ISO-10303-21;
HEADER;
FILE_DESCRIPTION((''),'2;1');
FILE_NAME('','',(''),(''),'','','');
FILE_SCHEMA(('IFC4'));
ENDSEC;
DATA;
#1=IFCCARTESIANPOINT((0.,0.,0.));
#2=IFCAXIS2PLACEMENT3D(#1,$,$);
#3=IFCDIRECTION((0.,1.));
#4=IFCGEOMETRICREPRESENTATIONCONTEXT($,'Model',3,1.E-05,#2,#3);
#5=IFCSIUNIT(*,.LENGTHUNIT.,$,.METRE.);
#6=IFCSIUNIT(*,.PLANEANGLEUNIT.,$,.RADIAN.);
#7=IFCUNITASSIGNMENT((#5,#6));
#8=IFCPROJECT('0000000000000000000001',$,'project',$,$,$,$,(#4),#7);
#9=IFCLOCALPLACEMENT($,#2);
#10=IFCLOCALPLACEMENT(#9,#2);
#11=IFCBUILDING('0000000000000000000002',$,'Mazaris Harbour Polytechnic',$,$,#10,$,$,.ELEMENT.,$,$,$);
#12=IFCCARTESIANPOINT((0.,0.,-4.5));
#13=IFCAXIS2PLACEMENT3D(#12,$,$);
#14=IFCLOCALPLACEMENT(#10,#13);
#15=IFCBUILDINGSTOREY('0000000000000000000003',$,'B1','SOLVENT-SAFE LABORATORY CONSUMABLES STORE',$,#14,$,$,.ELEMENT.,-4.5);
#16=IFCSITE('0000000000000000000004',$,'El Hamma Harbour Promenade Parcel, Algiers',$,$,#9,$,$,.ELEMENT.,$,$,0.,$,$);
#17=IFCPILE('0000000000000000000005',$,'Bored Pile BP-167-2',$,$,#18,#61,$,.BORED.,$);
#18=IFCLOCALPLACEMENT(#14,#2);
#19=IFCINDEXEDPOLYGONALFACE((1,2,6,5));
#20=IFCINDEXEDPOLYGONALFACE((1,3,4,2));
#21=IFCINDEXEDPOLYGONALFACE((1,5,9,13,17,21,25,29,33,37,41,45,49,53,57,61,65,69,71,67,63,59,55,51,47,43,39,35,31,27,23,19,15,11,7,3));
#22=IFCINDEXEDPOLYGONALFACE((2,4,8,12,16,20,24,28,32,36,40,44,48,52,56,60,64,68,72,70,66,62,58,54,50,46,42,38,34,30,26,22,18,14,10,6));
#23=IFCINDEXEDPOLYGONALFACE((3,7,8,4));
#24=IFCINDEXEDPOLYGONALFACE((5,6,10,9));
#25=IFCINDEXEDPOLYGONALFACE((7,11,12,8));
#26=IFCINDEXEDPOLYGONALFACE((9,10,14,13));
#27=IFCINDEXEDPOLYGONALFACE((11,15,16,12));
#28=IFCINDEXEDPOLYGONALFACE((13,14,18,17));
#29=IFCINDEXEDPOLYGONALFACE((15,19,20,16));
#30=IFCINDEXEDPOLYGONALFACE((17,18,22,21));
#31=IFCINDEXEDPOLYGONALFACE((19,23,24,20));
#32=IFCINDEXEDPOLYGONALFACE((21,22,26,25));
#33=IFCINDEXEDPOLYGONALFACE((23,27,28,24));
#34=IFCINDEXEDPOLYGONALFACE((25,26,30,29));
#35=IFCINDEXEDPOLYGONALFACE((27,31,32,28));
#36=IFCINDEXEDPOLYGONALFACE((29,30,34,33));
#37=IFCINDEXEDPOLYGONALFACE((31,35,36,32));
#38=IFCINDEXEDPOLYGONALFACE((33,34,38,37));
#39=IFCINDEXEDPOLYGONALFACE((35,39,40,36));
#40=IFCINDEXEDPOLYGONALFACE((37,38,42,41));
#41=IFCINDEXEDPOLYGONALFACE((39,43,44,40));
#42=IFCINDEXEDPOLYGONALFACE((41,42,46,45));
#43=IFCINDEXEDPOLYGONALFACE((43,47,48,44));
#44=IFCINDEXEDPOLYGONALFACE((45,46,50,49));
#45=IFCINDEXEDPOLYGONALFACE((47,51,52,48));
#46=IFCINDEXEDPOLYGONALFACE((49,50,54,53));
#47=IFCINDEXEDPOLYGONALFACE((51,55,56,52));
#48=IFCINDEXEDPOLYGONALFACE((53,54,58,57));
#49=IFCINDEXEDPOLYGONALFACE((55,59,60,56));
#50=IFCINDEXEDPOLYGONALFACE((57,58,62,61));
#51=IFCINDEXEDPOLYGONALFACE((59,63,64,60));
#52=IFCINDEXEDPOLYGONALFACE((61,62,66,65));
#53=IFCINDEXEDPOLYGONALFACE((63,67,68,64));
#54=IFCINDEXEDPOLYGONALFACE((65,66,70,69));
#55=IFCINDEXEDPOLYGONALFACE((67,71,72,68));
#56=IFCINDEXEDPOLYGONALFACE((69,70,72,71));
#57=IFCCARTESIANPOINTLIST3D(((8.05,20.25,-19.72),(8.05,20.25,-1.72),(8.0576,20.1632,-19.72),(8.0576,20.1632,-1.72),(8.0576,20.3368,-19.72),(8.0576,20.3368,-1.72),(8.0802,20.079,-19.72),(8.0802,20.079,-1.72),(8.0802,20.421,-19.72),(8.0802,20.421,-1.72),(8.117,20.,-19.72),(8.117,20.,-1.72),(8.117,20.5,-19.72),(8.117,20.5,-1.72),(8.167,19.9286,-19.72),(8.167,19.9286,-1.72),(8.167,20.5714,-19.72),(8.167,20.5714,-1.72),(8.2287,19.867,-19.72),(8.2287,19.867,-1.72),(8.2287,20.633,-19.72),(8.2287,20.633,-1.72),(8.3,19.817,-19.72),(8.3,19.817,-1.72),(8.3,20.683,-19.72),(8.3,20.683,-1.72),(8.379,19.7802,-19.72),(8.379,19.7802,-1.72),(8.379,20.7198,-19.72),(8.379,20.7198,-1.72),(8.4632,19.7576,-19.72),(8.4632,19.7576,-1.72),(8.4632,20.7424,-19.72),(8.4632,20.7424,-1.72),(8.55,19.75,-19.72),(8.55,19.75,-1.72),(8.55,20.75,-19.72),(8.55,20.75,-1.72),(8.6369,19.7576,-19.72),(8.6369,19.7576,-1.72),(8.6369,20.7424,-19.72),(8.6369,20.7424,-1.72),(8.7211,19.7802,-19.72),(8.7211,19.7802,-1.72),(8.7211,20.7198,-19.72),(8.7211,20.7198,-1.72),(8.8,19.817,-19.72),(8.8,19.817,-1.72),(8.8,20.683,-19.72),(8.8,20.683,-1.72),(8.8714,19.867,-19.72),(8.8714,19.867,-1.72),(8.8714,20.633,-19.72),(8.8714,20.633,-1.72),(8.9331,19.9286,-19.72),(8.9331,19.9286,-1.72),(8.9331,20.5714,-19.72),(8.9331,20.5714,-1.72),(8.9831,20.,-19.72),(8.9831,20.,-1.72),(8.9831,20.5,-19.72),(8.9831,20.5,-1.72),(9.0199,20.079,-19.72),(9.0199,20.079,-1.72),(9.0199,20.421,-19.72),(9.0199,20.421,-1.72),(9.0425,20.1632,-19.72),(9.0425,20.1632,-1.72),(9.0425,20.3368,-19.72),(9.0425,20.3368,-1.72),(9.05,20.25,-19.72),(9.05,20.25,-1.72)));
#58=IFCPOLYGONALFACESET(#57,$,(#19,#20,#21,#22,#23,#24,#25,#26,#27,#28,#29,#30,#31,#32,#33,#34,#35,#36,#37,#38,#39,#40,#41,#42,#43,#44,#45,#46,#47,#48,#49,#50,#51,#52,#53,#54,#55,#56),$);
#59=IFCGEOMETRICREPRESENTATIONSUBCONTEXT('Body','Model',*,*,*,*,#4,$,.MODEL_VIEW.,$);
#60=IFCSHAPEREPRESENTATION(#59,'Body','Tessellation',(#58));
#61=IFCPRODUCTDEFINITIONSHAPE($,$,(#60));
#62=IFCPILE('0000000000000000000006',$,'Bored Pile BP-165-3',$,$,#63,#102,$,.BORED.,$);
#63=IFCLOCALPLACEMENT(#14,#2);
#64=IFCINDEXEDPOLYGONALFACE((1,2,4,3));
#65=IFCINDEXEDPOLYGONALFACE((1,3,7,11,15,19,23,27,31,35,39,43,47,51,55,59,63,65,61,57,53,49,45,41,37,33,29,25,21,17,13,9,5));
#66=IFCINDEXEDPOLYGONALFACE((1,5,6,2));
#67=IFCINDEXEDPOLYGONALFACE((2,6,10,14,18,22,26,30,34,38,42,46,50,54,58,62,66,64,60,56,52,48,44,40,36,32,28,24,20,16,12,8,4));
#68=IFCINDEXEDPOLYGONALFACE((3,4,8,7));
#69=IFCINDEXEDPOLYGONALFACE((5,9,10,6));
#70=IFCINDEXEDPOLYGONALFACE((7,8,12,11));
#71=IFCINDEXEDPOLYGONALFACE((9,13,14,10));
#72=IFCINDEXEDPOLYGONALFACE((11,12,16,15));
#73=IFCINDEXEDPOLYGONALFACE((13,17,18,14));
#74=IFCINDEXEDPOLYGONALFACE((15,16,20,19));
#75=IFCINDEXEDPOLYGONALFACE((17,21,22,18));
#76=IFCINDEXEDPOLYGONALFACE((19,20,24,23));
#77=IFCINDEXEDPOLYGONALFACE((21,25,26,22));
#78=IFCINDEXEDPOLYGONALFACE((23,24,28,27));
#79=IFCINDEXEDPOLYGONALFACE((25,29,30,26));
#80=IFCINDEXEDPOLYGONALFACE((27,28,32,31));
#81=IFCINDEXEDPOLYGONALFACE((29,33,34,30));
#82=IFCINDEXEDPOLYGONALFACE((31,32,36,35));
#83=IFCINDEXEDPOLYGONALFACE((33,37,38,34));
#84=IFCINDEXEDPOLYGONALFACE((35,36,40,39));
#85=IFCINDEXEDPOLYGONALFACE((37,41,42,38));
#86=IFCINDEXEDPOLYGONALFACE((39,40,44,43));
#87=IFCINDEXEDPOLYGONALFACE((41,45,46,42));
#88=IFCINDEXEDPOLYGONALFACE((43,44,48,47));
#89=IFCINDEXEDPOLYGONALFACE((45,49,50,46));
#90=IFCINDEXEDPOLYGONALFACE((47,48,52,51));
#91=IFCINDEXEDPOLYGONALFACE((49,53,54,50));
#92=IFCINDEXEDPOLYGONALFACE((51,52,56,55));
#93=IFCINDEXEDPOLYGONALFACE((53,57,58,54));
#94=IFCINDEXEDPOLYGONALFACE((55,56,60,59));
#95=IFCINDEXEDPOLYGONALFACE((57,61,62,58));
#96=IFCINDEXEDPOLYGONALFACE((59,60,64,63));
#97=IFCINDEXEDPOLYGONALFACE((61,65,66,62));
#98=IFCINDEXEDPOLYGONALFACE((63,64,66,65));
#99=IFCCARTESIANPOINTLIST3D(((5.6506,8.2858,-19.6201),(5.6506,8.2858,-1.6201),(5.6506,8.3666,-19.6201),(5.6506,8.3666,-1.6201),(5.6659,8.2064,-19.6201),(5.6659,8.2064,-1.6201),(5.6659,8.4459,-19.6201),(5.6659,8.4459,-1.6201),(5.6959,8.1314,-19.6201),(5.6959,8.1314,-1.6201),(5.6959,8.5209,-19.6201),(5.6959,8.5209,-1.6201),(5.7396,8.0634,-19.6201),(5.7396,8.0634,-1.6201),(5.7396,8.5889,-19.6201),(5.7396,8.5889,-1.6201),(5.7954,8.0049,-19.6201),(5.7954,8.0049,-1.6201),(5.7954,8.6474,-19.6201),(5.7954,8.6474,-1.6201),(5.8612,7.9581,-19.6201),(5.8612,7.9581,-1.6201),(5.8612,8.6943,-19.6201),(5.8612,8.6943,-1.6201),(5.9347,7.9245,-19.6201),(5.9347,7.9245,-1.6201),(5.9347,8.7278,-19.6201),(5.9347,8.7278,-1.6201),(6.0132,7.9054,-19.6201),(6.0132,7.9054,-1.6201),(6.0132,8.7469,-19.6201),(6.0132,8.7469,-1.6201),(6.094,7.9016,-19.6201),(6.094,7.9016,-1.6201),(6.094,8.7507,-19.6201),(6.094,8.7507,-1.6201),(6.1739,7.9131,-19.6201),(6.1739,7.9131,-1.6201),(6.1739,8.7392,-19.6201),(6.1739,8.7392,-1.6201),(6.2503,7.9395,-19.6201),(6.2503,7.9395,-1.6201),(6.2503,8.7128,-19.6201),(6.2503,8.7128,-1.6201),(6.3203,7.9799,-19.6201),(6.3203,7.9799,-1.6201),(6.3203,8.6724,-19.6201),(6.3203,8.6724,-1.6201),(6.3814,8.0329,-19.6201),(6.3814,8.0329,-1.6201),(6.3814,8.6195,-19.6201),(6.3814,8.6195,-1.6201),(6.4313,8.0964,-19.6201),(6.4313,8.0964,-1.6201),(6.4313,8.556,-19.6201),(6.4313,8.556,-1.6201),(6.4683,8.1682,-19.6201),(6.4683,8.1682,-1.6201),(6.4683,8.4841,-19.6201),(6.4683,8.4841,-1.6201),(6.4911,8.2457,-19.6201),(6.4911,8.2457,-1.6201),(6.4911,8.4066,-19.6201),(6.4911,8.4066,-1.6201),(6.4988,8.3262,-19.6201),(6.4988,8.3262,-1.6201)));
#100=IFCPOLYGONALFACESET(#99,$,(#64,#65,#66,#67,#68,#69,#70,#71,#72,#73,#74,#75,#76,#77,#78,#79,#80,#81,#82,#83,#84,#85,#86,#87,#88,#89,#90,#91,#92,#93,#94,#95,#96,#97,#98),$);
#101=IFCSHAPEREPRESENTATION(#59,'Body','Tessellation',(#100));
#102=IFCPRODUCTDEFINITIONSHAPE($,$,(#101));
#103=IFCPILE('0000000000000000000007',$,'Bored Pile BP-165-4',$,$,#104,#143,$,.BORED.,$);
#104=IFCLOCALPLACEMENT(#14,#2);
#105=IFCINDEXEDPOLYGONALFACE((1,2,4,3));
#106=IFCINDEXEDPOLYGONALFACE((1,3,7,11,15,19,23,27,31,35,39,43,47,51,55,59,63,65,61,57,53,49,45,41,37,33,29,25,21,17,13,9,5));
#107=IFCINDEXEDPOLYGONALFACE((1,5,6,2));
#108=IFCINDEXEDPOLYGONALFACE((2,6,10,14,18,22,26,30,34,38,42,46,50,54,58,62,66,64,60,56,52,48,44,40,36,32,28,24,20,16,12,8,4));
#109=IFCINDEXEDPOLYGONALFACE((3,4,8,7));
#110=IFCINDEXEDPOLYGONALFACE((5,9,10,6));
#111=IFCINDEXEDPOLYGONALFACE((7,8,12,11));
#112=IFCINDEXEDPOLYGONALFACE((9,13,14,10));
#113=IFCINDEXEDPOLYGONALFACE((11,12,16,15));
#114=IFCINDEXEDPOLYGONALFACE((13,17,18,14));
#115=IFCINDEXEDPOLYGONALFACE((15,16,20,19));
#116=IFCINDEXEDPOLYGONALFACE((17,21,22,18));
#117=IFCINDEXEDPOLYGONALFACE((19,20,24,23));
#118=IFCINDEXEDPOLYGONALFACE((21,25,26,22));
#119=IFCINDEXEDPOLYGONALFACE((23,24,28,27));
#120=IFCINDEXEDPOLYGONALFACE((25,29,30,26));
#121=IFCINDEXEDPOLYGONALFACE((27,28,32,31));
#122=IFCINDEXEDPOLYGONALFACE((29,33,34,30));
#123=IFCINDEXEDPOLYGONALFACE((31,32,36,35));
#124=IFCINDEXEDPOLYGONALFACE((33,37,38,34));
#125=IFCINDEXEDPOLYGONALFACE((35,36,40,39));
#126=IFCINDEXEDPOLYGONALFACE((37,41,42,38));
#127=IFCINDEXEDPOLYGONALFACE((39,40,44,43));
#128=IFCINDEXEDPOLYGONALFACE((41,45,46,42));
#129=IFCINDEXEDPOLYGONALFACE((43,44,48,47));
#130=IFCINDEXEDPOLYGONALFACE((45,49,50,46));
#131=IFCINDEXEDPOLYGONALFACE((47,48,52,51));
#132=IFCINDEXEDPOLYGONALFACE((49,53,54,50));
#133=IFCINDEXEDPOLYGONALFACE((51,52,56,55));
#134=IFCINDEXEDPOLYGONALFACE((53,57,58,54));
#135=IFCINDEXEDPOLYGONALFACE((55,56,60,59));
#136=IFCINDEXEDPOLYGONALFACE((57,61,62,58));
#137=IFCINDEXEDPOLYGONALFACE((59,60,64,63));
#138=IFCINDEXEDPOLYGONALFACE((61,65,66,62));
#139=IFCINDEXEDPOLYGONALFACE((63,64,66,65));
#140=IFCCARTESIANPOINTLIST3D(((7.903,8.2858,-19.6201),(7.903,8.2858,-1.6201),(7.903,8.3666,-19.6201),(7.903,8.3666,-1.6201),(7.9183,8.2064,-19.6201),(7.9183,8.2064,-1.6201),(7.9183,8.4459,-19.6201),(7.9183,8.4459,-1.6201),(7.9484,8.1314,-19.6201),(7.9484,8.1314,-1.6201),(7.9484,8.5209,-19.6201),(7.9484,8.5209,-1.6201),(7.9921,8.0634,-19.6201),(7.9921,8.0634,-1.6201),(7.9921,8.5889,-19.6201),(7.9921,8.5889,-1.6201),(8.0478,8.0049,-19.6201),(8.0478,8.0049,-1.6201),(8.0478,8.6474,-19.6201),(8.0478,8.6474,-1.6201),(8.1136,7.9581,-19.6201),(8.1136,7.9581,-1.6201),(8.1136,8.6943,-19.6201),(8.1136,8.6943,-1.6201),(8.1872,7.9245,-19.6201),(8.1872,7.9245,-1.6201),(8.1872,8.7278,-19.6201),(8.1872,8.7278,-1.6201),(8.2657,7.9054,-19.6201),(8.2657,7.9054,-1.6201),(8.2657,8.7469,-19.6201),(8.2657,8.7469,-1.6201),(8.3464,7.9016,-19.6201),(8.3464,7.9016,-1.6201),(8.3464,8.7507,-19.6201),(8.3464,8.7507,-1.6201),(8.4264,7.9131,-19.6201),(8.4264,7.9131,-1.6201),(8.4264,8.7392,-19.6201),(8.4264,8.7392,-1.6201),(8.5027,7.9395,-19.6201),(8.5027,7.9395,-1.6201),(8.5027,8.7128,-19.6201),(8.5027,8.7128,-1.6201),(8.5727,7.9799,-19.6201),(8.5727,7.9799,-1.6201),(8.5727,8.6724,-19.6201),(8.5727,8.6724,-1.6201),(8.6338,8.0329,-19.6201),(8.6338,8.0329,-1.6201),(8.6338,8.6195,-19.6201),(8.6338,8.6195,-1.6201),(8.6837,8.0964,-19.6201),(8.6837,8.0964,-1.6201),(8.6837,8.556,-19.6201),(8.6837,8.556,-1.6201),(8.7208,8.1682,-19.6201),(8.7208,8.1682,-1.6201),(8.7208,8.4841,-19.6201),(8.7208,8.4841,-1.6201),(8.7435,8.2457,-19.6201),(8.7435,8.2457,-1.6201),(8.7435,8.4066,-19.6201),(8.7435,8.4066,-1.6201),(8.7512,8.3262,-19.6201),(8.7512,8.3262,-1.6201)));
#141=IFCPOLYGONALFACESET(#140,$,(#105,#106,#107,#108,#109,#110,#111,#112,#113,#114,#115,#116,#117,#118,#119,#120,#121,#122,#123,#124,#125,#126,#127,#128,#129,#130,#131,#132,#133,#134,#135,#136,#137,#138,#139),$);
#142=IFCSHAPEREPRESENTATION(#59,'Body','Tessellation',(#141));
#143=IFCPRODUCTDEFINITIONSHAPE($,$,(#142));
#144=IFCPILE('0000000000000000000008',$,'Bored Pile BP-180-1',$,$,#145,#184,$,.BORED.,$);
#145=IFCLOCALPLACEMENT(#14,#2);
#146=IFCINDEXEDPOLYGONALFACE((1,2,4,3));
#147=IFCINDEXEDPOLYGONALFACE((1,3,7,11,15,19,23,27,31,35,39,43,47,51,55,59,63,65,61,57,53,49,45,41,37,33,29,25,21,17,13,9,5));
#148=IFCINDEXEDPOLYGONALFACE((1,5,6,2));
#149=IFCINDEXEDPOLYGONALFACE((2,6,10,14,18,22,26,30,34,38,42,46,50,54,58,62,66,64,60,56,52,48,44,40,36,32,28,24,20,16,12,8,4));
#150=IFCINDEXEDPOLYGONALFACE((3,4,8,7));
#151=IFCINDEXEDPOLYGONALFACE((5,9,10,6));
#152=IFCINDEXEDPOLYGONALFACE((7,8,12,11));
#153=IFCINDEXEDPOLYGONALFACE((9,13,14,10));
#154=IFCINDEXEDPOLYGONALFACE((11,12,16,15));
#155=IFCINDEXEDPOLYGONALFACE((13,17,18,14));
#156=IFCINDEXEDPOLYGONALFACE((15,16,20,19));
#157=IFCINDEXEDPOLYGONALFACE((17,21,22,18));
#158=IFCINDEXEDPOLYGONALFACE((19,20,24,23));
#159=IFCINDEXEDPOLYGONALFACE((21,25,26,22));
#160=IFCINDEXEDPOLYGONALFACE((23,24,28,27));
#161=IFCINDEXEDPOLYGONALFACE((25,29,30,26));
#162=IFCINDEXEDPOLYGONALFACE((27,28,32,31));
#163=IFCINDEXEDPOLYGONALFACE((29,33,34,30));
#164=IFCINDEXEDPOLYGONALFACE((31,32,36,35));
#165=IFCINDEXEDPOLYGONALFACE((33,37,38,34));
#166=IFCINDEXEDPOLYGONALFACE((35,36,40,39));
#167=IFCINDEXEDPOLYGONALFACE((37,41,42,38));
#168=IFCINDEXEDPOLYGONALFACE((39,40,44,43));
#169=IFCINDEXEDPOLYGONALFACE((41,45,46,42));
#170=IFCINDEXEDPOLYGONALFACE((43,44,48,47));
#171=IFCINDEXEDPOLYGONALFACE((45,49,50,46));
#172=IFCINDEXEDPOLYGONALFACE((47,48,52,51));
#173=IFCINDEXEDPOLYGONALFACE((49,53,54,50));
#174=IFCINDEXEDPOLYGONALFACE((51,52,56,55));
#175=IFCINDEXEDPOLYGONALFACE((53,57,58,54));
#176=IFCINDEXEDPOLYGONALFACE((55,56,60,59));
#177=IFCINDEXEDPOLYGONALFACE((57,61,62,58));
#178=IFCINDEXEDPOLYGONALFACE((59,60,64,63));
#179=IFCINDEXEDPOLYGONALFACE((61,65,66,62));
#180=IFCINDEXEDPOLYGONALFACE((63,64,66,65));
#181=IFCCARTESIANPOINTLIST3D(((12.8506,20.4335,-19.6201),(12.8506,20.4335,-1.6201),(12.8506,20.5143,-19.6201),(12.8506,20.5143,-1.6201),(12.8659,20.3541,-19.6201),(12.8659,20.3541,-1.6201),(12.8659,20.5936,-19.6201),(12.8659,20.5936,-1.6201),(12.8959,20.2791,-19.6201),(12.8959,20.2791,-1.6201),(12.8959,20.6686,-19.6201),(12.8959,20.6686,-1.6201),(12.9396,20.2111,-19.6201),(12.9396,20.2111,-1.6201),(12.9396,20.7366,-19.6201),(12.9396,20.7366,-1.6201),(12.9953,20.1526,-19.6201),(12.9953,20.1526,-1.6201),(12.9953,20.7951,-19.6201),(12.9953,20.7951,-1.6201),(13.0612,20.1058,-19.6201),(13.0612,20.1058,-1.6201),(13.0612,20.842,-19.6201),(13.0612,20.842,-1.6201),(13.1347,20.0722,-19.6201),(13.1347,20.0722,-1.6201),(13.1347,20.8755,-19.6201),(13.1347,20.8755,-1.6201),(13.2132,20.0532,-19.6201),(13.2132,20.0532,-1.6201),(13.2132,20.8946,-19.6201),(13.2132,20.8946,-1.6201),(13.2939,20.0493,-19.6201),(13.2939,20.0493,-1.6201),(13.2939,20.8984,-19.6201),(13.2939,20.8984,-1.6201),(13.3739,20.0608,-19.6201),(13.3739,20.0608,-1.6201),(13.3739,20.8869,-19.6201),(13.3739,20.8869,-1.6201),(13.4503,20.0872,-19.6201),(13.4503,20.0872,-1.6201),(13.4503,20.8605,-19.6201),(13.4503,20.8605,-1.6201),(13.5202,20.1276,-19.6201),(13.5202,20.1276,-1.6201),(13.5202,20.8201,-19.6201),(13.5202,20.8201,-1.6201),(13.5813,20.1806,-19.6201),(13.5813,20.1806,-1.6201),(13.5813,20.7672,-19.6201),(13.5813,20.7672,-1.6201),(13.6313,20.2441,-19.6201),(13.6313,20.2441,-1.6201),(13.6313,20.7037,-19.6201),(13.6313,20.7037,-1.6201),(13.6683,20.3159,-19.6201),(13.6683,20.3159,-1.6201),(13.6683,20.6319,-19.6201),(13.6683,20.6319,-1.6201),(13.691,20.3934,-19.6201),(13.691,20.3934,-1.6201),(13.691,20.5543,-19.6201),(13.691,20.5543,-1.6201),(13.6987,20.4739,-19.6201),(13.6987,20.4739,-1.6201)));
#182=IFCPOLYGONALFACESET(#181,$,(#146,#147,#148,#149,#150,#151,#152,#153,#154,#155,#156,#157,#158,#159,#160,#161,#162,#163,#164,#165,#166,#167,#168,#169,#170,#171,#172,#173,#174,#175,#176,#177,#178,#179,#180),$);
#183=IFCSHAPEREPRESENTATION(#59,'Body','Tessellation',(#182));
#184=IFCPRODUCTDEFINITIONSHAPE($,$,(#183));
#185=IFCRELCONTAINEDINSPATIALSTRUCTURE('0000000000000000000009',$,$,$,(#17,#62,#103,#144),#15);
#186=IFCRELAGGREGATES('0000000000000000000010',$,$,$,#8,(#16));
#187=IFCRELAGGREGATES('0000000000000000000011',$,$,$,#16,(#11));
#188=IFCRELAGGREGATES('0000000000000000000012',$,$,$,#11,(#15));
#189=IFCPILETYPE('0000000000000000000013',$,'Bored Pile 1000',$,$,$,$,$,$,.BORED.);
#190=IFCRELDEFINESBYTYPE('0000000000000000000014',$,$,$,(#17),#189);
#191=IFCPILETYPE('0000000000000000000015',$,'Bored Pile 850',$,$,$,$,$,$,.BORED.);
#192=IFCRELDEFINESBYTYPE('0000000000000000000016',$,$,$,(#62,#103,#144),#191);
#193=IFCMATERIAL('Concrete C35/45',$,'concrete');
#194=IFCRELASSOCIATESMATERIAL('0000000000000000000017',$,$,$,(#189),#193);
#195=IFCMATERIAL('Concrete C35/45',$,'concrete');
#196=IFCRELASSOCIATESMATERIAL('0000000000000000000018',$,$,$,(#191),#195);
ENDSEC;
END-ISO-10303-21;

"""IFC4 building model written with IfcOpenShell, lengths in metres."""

from ifc_helpers import new_model, si_unit, direction, frame, origin, origin_2d, place, context, subcontext, project, spatial, circle, extrude, material, material_profile, profile_set, type_object, element, save


model = new_model("IFC4")

# Units and contexts
model_context = context("Model", 3, precision=1e-05, world=origin(), true_north=direction((0.0, 1.0)))
body_context = subcontext(model_context, "Body", "Model", "MODEL_VIEW")
ifc_project = project(units=[si_unit("LENGTHUNIT", "METRE"), si_unit("PLANEANGLEUNIT", "RADIAN")], contexts=[model_context])

# Site, building, storey
site_placement = place(None, origin())
site = spatial("IfcSite", under=ifc_project, at=site_placement, Name="El Hamma Harbour Promenade Parcel, Algiers", CompositionType="ELEMENT", RefElevation=0.0)
building_placement = place(site_placement, origin())
building = spatial("IfcBuilding", under=site, at=building_placement, Name="Mazaris Harbour Polytechnic", CompositionType="ELEMENT")
storey_placement = place(building_placement, frame((0.0, 0.0, -4.5)))
storey = spatial("IfcBuildingStorey", under=building, at=storey_placement, Name="B1", Description="SOLVENT-SAFE LABORATORY CONSUMABLES STORE", CompositionType="ELEMENT", Elevation=-4.5)

# Piles
ifc_material_1 = material(Name="Concrete C35/45", Category="concrete")
ifc_material_profile_1 = material_profile(ifc_material_1, circle(Radius=0.5, at=origin_2d()), Name="DIA1000")
ifc_profile_set_1 = profile_set([ifc_material_profile_1], Name="Concrete C35/45")
pile_type_1 = type_object("IfcPileType", Name="Bored Pile 1000", PredefinedType="BORED", material=ifc_profile_set_1)
pile_placement = place(storey_placement, frame((8.55, 20.25, -1.72), z_axis=(0.0, 0.0, -1.0), x_axis=(1.0, 0.0, 0.0)))
element("IfcPile", 1, at=pile_placement, inside=storey, type_object=pile_type_1, Name="Bored Pile BP-167-2", PredefinedType="BORED", context=body_context, shape_type="SweptSolid", body=[
    extrude(circle(Radius=0.5, at=origin_2d()), origin(), (0.0, 0.0, 1.0), 18.0),
])
ifc_material_2 = material(Name="Concrete C35/45", Category="concrete")
ifc_material_profile_2 = material_profile(ifc_material_2, circle(Radius=0.425, at=origin_2d()), Name="DIA850")
ifc_profile_set_2 = profile_set([ifc_material_profile_2], Name="Concrete C35/45")
pile_type_2 = type_object("IfcPileType", Name="Bored Pile 850", PredefinedType="BORED", material=ifc_profile_set_2)
for number, where, z_axis, x_axis, name in (
    (2, (6.0737, 8.3262, -1.6201), (0.0, 0.0, -1.0), (1.0, 0.0, 0.0), "Bored Pile BP-165-3"),
    (3, (8.3262, 8.3262, -1.6201), (0.0, 0.0, -1.0), (1.0, 0.0, 0.0), "Bored Pile BP-165-4"),
    (4, (13.2737, 20.4739, -1.6201), (0.0, 0.0, -1.0), (1.0, 0.0, 0.0), "Bored Pile BP-180-1"),
):
    element("IfcPile", number, at=place(storey_placement, frame(where, z_axis=z_axis, x_axis=x_axis)), inside=storey, type_object=pile_type_2, Name=name, PredefinedType="BORED", context=body_context, shape_type="SweptSolid", body=[
        extrude(circle(Radius=0.425, at=origin_2d()), origin(), (0.0, 0.0, 1.0), 18.0),
    ])

save(model, "model.ifc")
